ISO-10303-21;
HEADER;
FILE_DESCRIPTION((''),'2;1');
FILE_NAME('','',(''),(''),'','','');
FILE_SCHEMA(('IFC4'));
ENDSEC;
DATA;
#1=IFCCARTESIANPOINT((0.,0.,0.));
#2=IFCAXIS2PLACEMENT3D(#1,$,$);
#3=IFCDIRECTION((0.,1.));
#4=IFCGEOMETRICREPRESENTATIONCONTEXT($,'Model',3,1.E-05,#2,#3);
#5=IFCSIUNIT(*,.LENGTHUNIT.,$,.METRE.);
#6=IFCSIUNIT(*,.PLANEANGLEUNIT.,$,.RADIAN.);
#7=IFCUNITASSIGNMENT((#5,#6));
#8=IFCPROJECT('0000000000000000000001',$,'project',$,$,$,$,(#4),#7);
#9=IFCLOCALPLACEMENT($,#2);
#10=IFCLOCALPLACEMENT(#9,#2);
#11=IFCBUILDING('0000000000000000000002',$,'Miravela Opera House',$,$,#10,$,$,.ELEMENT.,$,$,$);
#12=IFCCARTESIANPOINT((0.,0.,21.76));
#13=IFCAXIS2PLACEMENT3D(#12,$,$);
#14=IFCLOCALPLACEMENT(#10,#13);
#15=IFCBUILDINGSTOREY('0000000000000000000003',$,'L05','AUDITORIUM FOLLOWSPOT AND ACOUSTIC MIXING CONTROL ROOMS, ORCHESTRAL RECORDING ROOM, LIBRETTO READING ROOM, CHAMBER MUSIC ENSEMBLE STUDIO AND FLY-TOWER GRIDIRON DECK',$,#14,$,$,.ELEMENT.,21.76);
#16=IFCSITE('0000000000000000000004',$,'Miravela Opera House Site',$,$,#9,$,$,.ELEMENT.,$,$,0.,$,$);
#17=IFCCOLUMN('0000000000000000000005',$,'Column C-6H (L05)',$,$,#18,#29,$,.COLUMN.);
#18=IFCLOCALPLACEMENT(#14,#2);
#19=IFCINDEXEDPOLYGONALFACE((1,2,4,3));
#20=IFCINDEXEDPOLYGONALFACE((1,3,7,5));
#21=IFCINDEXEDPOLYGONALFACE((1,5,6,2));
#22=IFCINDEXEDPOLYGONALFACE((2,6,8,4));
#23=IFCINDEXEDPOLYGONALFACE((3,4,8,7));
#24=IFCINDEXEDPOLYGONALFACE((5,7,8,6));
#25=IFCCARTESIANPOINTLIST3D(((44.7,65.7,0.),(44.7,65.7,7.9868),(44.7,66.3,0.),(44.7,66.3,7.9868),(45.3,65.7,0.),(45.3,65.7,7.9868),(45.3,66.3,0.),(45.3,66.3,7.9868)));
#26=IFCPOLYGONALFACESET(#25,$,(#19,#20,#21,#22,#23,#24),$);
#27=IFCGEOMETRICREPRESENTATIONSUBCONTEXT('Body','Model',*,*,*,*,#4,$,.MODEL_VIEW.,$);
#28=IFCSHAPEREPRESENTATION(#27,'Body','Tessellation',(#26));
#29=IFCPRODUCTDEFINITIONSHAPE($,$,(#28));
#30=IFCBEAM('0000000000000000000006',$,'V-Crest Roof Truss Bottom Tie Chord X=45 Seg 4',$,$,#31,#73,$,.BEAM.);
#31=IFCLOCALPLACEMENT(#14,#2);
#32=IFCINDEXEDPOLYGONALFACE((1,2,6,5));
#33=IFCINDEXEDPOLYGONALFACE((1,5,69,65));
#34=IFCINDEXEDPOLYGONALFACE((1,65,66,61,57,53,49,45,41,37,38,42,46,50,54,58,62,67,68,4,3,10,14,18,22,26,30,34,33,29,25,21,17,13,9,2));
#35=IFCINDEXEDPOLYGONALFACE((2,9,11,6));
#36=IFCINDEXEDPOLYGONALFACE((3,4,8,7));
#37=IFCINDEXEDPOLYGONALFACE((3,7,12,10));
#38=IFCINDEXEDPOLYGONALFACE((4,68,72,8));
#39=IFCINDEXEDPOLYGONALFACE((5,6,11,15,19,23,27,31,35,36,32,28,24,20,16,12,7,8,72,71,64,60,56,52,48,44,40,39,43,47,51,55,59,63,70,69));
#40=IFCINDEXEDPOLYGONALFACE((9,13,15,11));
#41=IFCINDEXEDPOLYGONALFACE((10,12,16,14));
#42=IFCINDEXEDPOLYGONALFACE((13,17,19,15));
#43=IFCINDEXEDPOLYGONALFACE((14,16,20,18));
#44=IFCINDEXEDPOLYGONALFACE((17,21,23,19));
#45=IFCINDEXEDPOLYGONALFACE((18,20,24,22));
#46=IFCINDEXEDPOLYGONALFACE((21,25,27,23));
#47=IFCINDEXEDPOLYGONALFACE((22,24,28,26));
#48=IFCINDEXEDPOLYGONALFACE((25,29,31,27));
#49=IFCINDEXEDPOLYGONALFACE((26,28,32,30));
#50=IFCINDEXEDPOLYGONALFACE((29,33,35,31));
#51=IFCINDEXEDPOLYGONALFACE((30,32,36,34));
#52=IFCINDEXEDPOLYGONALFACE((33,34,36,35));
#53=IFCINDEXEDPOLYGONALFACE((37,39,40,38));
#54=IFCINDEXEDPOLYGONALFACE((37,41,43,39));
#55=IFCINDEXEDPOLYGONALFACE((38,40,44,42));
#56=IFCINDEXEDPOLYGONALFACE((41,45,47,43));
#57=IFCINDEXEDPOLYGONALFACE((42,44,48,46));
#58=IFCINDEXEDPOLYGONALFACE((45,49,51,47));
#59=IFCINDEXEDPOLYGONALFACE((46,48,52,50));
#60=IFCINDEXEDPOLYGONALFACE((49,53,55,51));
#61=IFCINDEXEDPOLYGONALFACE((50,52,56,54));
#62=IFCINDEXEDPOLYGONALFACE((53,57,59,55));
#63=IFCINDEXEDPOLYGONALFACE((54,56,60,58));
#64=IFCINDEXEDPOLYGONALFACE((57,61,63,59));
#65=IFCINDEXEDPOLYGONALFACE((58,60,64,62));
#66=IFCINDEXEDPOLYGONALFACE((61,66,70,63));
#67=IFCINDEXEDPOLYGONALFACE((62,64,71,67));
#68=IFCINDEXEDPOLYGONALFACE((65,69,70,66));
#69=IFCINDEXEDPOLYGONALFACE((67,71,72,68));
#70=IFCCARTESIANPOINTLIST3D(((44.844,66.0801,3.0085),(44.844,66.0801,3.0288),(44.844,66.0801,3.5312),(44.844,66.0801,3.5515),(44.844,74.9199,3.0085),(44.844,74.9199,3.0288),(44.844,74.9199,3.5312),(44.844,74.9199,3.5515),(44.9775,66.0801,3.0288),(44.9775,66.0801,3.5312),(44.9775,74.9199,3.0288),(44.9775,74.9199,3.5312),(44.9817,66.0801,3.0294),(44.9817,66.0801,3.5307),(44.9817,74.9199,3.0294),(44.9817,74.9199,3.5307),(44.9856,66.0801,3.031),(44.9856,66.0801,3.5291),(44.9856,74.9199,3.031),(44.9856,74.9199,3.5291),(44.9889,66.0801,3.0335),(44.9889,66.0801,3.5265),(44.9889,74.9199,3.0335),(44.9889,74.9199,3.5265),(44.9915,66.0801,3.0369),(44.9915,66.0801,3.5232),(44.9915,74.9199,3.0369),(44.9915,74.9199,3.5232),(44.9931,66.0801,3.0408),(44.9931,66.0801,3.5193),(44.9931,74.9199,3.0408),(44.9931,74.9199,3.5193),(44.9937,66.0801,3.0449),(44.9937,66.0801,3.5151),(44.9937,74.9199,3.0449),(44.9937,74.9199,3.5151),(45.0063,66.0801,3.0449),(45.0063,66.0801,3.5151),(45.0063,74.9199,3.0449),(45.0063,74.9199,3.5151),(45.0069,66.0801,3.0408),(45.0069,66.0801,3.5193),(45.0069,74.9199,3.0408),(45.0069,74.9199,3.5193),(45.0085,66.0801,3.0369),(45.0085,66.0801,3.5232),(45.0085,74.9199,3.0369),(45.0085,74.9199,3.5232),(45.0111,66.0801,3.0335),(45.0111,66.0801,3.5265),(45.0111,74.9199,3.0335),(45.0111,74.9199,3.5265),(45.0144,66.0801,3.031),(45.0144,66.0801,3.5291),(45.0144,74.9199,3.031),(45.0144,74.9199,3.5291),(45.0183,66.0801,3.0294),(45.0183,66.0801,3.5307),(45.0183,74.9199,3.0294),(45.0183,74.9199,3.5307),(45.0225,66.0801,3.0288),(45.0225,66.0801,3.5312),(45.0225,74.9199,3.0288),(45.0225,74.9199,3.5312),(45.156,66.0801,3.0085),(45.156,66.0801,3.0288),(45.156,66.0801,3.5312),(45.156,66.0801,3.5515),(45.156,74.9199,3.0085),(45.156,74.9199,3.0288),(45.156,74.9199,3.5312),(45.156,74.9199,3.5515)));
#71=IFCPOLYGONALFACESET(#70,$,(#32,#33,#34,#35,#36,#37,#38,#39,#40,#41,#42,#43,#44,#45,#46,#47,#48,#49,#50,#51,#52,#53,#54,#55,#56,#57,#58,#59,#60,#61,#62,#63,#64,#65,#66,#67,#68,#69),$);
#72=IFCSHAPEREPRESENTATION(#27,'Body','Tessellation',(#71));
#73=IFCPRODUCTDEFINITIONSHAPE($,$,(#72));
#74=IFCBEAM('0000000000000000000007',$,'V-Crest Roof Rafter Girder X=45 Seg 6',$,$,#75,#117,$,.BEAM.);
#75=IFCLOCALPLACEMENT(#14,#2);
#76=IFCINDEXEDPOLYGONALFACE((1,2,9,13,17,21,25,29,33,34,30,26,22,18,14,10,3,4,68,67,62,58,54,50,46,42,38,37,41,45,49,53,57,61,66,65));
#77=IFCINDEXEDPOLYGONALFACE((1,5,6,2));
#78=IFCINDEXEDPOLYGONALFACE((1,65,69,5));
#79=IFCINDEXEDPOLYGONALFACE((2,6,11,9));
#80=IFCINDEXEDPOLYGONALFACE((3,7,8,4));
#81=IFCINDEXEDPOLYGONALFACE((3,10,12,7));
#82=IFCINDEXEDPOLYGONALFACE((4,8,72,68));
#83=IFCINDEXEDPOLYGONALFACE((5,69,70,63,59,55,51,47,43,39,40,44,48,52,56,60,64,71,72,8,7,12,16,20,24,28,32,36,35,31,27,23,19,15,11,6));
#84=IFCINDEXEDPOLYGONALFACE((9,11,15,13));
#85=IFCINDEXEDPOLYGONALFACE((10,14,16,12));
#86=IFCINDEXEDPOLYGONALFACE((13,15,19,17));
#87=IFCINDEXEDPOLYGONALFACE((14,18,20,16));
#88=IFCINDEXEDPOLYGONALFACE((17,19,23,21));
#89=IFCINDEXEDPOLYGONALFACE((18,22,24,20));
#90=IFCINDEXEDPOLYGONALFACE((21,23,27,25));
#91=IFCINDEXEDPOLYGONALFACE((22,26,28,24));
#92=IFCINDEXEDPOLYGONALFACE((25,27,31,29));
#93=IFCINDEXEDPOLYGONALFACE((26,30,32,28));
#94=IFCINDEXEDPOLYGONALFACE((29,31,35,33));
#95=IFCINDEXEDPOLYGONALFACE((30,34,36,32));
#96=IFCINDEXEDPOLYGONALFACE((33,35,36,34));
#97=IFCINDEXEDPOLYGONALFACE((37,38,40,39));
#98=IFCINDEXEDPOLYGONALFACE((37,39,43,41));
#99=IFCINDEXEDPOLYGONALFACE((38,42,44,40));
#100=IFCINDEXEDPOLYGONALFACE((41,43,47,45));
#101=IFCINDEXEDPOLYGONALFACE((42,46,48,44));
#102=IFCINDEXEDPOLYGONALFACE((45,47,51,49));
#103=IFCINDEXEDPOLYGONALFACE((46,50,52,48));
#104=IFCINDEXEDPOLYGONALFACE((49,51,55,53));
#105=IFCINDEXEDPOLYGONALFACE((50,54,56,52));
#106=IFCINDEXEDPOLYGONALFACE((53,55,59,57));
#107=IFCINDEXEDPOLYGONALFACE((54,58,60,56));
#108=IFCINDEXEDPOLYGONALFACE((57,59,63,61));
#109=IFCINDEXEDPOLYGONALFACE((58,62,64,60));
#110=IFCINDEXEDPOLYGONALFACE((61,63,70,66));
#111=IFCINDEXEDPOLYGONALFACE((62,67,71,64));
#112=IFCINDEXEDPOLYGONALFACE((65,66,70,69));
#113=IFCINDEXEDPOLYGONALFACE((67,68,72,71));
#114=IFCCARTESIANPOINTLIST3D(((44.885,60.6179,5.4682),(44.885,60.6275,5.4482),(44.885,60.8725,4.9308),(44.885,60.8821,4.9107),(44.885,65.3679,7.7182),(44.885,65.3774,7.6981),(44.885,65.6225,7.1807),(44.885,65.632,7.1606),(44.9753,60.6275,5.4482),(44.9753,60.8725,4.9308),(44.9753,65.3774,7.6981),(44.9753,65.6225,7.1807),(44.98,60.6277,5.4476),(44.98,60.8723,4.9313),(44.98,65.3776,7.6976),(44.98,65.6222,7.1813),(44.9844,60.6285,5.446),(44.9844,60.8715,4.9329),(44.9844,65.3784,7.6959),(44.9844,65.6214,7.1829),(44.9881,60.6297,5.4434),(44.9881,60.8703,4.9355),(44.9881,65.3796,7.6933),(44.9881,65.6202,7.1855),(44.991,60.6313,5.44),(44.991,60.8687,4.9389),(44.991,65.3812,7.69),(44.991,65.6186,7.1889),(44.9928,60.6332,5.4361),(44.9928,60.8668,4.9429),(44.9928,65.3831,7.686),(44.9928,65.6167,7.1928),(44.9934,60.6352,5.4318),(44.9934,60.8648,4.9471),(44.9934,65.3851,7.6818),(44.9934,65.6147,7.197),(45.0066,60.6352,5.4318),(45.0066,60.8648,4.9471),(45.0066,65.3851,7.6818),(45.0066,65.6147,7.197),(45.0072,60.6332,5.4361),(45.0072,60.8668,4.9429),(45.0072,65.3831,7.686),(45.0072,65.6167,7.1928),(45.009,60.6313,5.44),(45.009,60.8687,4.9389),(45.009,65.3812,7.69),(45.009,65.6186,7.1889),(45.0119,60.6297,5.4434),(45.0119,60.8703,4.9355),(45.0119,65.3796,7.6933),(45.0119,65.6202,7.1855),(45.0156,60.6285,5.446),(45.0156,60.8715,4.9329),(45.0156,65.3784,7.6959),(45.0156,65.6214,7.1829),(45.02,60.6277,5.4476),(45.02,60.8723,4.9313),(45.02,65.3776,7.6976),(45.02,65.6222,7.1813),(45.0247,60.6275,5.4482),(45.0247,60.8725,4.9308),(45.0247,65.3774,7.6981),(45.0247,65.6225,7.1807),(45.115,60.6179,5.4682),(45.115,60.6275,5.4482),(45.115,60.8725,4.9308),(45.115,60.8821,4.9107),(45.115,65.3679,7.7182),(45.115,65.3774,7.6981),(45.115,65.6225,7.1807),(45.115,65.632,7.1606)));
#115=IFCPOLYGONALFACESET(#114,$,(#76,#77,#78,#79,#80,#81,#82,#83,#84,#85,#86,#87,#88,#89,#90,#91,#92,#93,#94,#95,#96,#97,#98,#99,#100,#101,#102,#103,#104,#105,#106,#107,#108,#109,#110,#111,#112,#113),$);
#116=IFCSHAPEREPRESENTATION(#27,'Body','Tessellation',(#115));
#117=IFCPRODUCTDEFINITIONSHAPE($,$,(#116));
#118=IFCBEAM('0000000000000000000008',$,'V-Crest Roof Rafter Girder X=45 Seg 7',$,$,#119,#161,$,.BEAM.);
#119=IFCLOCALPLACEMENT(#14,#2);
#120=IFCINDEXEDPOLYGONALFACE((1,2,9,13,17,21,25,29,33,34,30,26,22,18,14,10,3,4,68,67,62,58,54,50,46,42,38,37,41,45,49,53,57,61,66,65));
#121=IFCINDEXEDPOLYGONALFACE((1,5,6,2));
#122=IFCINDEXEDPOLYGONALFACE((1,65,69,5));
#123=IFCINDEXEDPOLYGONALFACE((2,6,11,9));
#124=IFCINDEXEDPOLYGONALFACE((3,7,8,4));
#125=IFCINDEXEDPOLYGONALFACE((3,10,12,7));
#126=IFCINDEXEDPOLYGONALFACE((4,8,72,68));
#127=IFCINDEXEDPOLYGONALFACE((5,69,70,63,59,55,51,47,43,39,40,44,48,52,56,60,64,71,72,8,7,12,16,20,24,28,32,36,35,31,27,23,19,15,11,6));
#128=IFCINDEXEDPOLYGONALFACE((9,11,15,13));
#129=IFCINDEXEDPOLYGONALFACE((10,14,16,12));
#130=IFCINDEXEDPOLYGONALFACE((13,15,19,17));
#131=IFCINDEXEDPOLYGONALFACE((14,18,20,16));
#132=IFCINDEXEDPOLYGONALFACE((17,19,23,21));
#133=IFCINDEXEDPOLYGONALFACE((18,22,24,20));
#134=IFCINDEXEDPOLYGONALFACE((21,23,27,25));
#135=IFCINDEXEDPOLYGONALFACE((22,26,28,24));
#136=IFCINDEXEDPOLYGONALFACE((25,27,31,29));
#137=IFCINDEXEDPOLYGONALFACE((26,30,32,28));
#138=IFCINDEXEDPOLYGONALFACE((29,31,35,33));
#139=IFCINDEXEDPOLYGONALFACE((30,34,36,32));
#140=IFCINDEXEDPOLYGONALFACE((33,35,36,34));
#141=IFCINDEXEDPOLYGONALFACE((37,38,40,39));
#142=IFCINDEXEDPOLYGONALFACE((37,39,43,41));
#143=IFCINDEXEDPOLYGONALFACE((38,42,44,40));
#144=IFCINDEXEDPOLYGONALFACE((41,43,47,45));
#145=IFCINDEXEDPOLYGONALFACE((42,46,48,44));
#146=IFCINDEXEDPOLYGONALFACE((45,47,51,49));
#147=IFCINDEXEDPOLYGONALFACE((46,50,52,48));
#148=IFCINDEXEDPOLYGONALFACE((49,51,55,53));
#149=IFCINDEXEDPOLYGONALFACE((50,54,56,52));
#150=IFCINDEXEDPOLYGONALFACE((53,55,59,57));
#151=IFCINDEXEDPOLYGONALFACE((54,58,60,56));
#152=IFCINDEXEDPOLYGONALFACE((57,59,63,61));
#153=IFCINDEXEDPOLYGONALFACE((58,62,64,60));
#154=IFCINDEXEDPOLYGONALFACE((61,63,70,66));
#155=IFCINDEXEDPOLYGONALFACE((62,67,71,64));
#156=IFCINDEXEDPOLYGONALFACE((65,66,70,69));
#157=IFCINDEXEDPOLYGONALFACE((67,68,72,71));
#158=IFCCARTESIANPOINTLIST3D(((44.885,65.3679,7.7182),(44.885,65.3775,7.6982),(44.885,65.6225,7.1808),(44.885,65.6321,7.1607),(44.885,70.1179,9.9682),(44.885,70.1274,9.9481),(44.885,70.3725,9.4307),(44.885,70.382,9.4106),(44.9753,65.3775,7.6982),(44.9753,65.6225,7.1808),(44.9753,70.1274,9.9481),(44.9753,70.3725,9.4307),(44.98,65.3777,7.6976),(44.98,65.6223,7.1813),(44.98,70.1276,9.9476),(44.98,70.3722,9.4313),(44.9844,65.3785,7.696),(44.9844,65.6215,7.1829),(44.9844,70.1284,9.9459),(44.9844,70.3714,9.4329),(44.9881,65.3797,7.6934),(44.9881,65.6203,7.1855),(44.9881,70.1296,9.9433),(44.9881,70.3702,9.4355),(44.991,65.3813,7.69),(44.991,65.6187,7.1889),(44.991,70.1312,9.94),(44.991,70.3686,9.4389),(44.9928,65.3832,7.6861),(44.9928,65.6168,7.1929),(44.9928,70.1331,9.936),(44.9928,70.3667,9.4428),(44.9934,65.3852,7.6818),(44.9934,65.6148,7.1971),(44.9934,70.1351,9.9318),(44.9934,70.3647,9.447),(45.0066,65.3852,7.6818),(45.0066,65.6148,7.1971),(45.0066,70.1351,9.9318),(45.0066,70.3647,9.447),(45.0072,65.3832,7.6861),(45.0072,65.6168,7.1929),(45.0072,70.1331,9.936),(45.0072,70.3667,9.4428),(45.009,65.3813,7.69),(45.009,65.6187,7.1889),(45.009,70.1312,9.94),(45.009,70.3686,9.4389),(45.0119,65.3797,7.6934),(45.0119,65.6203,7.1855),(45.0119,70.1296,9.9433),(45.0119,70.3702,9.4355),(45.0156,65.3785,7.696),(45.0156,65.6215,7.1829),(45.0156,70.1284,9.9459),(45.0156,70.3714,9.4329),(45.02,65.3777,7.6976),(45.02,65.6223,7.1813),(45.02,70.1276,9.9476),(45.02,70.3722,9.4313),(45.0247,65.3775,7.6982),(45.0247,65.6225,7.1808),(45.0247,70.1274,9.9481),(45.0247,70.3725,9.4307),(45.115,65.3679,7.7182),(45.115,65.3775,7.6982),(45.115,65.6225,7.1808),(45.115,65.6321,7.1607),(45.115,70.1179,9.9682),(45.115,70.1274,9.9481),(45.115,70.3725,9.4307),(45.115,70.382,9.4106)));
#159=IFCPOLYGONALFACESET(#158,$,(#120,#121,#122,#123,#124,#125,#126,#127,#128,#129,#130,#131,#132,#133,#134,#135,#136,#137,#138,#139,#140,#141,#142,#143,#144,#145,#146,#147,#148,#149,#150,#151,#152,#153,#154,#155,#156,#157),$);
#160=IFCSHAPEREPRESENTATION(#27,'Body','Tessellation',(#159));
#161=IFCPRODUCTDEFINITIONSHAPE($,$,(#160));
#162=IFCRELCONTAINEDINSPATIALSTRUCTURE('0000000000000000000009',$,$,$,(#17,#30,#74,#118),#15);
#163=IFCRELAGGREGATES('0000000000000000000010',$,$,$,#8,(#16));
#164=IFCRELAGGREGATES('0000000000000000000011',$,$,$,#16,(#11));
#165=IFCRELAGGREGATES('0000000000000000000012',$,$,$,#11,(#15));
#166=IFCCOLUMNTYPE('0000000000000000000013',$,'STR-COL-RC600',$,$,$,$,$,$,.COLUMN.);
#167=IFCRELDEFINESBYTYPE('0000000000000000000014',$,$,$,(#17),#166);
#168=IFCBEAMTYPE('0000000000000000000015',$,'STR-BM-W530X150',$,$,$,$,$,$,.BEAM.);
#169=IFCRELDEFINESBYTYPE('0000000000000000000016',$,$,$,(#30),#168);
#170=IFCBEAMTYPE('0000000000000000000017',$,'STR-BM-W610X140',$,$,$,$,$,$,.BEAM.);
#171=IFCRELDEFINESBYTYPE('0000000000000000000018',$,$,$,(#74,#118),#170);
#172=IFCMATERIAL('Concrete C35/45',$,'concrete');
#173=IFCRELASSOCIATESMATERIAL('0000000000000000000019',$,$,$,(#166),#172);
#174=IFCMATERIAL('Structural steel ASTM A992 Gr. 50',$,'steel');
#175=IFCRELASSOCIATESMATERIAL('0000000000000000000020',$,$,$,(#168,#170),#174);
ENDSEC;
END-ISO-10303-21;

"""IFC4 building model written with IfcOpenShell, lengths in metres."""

from ifc_helpers import new_model, si_unit, direction, frame, origin, origin_2d, place, context, subcontext, project, spatial, rectangle, i_section, extrude, material, material_profile, profile_set, type_object, element, save


model = new_model("IFC4")

# Units and contexts
model_context = context("Model", 3, precision=1e-05, world=origin(), true_north=direction((0.0, 1.0)))
body_context = subcontext(model_context, "Body", "Model", "MODEL_VIEW")
ifc_project = project(units=[si_unit("LENGTHUNIT", "METRE"), si_unit("PLANEANGLEUNIT", "RADIAN")], contexts=[model_context])

# Site, building, storey
site_placement = place(None, origin())
site = spatial("IfcSite", under=ifc_project, at=site_placement, Name="Miravela Opera House Site", CompositionType="ELEMENT", RefElevation=0.0)
building_placement = place(site_placement, origin())
building = spatial("IfcBuilding", under=site, at=building_placement, Name="Miravela Opera House", CompositionType="ELEMENT")
storey_placement = place(building_placement, frame((0.0, 0.0, 21.76)))
storey = spatial("IfcBuildingStorey", under=building, at=storey_placement, Name="L05", Description="AUDITORIUM FOLLOWSPOT AND ACOUSTIC MIXING CONTROL ROOMS, ORCHESTRAL RECORDING ROOM, LIBRETTO READING ROOM, CHAMBER MUSIC ENSEMBLE STUDIO AND FLY-TOWER GRIDIRON DECK", CompositionType="ELEMENT", Elevation=21.76)

# Column
ifc_material_1 = material(Name="Concrete C35/45", Category="concrete")
ifc_material_profile_1 = material_profile(ifc_material_1, rectangle(XDim=0.6001, YDim=0.6001, at=origin_2d()), Name="RC-COL-600X600")
ifc_profile_set_1 = profile_set([ifc_material_profile_1])
column_type = type_object("IfcColumnType", Name="STR-COL-RC600", PredefinedType="COLUMN", material=ifc_profile_set_1)
column_placement = place(storey_placement, frame((45.0, 66.0, 0.0), z_axis=(0.0, 0.0, 1.0), x_axis=(1.0, 0.0, 0.0)))
element("IfcColumn", 1, at=column_placement, inside=storey, type_object=column_type, Name="Column C-6H (L05)", PredefinedType="COLUMN", context=body_context, shape_type="SweptSolid", body=[
    extrude(rectangle(XDim=0.6001, YDim=0.6001, at=origin_2d()), origin(), (0.0, 0.0, 1.0), 7.9868),
])

# Beams
ifc_material_2 = material(Name="Structural steel ASTM A992 Gr. 50", Category="steel")
ifc_material_profile_2 = material_profile(ifc_material_2, i_section(OverallWidth=0.312, OverallDepth=0.543, WebThickness=0.0127, FlangeThickness=0.0203, FilletRadius=0.0161, at=origin_2d()), Name="W530X150")
ifc_profile_set_2 = profile_set([ifc_material_profile_2])
beam_type_1 = type_object("IfcBeamType", Name="STR-BM-W530X150", PredefinedType="BEAM", material=ifc_profile_set_2)
beam_placement = place(storey_placement, frame((45.0, 66.0801, 3.28), z_axis=(0.0, 1.0, 0.0), x_axis=(-1.0, 0.0, 0.0)))
element("IfcBeam", 2, at=beam_placement, inside=storey, type_object=beam_type_1, Name="V-Crest Roof Truss Bottom Tie Chord X=45 Seg 4", PredefinedType="BEAM", context=body_context, shape_type="SweptSolid", body=[
    extrude(i_section(OverallWidth=0.312, OverallDepth=0.543, WebThickness=0.0127, FlangeThickness=0.0203, FilletRadius=0.0161, at=origin_2d()), origin(), (0.0, 0.0, 1.0), 8.8398),
])
ifc_material_profile_3 = material_profile(ifc_material_2, i_section(OverallWidth=0.23, OverallDepth=0.6169, WebThickness=0.0132, FlangeThickness=0.0222, FilletRadius=0.0181, at=origin_2d()), Name="W610X140")
ifc_profile_set_3 = profile_set([ifc_material_profile_3])
beam_type_2 = type_object("IfcBeamType", Name="STR-BM-W610X140", PredefinedType="BEAM", material=ifc_profile_set_3)
for number, where, z_axis, x_axis, name in (
    (3, (45.0, 60.75, 5.1895), (0.0, 0.903738, 0.428086), (-1.0, 0.0, 0.0), "V-Crest Roof Rafter Girder X=45 Seg 6"),
    (4, (45.0, 65.5, 7.4395), (0.0, 0.903738, 0.428086), (-1.0, 0.0, 0.0), "V-Crest Roof Rafter Girder X=45 Seg 7"),
):
    element("IfcBeam", number, at=place(storey_placement, frame(where, z_axis=z_axis, x_axis=x_axis)), inside=storey, type_object=beam_type_2, Name=name, PredefinedType="BEAM", context=body_context, shape_type="SweptSolid", body=[
        extrude(i_section(OverallWidth=0.23, OverallDepth=0.6169, WebThickness=0.0132, FlangeThickness=0.0222, FilletRadius=0.0181, at=origin_2d()), origin(), (0.0, 0.0, 1.0), 5.2559),
    ])

save(model, "model.ifc")
